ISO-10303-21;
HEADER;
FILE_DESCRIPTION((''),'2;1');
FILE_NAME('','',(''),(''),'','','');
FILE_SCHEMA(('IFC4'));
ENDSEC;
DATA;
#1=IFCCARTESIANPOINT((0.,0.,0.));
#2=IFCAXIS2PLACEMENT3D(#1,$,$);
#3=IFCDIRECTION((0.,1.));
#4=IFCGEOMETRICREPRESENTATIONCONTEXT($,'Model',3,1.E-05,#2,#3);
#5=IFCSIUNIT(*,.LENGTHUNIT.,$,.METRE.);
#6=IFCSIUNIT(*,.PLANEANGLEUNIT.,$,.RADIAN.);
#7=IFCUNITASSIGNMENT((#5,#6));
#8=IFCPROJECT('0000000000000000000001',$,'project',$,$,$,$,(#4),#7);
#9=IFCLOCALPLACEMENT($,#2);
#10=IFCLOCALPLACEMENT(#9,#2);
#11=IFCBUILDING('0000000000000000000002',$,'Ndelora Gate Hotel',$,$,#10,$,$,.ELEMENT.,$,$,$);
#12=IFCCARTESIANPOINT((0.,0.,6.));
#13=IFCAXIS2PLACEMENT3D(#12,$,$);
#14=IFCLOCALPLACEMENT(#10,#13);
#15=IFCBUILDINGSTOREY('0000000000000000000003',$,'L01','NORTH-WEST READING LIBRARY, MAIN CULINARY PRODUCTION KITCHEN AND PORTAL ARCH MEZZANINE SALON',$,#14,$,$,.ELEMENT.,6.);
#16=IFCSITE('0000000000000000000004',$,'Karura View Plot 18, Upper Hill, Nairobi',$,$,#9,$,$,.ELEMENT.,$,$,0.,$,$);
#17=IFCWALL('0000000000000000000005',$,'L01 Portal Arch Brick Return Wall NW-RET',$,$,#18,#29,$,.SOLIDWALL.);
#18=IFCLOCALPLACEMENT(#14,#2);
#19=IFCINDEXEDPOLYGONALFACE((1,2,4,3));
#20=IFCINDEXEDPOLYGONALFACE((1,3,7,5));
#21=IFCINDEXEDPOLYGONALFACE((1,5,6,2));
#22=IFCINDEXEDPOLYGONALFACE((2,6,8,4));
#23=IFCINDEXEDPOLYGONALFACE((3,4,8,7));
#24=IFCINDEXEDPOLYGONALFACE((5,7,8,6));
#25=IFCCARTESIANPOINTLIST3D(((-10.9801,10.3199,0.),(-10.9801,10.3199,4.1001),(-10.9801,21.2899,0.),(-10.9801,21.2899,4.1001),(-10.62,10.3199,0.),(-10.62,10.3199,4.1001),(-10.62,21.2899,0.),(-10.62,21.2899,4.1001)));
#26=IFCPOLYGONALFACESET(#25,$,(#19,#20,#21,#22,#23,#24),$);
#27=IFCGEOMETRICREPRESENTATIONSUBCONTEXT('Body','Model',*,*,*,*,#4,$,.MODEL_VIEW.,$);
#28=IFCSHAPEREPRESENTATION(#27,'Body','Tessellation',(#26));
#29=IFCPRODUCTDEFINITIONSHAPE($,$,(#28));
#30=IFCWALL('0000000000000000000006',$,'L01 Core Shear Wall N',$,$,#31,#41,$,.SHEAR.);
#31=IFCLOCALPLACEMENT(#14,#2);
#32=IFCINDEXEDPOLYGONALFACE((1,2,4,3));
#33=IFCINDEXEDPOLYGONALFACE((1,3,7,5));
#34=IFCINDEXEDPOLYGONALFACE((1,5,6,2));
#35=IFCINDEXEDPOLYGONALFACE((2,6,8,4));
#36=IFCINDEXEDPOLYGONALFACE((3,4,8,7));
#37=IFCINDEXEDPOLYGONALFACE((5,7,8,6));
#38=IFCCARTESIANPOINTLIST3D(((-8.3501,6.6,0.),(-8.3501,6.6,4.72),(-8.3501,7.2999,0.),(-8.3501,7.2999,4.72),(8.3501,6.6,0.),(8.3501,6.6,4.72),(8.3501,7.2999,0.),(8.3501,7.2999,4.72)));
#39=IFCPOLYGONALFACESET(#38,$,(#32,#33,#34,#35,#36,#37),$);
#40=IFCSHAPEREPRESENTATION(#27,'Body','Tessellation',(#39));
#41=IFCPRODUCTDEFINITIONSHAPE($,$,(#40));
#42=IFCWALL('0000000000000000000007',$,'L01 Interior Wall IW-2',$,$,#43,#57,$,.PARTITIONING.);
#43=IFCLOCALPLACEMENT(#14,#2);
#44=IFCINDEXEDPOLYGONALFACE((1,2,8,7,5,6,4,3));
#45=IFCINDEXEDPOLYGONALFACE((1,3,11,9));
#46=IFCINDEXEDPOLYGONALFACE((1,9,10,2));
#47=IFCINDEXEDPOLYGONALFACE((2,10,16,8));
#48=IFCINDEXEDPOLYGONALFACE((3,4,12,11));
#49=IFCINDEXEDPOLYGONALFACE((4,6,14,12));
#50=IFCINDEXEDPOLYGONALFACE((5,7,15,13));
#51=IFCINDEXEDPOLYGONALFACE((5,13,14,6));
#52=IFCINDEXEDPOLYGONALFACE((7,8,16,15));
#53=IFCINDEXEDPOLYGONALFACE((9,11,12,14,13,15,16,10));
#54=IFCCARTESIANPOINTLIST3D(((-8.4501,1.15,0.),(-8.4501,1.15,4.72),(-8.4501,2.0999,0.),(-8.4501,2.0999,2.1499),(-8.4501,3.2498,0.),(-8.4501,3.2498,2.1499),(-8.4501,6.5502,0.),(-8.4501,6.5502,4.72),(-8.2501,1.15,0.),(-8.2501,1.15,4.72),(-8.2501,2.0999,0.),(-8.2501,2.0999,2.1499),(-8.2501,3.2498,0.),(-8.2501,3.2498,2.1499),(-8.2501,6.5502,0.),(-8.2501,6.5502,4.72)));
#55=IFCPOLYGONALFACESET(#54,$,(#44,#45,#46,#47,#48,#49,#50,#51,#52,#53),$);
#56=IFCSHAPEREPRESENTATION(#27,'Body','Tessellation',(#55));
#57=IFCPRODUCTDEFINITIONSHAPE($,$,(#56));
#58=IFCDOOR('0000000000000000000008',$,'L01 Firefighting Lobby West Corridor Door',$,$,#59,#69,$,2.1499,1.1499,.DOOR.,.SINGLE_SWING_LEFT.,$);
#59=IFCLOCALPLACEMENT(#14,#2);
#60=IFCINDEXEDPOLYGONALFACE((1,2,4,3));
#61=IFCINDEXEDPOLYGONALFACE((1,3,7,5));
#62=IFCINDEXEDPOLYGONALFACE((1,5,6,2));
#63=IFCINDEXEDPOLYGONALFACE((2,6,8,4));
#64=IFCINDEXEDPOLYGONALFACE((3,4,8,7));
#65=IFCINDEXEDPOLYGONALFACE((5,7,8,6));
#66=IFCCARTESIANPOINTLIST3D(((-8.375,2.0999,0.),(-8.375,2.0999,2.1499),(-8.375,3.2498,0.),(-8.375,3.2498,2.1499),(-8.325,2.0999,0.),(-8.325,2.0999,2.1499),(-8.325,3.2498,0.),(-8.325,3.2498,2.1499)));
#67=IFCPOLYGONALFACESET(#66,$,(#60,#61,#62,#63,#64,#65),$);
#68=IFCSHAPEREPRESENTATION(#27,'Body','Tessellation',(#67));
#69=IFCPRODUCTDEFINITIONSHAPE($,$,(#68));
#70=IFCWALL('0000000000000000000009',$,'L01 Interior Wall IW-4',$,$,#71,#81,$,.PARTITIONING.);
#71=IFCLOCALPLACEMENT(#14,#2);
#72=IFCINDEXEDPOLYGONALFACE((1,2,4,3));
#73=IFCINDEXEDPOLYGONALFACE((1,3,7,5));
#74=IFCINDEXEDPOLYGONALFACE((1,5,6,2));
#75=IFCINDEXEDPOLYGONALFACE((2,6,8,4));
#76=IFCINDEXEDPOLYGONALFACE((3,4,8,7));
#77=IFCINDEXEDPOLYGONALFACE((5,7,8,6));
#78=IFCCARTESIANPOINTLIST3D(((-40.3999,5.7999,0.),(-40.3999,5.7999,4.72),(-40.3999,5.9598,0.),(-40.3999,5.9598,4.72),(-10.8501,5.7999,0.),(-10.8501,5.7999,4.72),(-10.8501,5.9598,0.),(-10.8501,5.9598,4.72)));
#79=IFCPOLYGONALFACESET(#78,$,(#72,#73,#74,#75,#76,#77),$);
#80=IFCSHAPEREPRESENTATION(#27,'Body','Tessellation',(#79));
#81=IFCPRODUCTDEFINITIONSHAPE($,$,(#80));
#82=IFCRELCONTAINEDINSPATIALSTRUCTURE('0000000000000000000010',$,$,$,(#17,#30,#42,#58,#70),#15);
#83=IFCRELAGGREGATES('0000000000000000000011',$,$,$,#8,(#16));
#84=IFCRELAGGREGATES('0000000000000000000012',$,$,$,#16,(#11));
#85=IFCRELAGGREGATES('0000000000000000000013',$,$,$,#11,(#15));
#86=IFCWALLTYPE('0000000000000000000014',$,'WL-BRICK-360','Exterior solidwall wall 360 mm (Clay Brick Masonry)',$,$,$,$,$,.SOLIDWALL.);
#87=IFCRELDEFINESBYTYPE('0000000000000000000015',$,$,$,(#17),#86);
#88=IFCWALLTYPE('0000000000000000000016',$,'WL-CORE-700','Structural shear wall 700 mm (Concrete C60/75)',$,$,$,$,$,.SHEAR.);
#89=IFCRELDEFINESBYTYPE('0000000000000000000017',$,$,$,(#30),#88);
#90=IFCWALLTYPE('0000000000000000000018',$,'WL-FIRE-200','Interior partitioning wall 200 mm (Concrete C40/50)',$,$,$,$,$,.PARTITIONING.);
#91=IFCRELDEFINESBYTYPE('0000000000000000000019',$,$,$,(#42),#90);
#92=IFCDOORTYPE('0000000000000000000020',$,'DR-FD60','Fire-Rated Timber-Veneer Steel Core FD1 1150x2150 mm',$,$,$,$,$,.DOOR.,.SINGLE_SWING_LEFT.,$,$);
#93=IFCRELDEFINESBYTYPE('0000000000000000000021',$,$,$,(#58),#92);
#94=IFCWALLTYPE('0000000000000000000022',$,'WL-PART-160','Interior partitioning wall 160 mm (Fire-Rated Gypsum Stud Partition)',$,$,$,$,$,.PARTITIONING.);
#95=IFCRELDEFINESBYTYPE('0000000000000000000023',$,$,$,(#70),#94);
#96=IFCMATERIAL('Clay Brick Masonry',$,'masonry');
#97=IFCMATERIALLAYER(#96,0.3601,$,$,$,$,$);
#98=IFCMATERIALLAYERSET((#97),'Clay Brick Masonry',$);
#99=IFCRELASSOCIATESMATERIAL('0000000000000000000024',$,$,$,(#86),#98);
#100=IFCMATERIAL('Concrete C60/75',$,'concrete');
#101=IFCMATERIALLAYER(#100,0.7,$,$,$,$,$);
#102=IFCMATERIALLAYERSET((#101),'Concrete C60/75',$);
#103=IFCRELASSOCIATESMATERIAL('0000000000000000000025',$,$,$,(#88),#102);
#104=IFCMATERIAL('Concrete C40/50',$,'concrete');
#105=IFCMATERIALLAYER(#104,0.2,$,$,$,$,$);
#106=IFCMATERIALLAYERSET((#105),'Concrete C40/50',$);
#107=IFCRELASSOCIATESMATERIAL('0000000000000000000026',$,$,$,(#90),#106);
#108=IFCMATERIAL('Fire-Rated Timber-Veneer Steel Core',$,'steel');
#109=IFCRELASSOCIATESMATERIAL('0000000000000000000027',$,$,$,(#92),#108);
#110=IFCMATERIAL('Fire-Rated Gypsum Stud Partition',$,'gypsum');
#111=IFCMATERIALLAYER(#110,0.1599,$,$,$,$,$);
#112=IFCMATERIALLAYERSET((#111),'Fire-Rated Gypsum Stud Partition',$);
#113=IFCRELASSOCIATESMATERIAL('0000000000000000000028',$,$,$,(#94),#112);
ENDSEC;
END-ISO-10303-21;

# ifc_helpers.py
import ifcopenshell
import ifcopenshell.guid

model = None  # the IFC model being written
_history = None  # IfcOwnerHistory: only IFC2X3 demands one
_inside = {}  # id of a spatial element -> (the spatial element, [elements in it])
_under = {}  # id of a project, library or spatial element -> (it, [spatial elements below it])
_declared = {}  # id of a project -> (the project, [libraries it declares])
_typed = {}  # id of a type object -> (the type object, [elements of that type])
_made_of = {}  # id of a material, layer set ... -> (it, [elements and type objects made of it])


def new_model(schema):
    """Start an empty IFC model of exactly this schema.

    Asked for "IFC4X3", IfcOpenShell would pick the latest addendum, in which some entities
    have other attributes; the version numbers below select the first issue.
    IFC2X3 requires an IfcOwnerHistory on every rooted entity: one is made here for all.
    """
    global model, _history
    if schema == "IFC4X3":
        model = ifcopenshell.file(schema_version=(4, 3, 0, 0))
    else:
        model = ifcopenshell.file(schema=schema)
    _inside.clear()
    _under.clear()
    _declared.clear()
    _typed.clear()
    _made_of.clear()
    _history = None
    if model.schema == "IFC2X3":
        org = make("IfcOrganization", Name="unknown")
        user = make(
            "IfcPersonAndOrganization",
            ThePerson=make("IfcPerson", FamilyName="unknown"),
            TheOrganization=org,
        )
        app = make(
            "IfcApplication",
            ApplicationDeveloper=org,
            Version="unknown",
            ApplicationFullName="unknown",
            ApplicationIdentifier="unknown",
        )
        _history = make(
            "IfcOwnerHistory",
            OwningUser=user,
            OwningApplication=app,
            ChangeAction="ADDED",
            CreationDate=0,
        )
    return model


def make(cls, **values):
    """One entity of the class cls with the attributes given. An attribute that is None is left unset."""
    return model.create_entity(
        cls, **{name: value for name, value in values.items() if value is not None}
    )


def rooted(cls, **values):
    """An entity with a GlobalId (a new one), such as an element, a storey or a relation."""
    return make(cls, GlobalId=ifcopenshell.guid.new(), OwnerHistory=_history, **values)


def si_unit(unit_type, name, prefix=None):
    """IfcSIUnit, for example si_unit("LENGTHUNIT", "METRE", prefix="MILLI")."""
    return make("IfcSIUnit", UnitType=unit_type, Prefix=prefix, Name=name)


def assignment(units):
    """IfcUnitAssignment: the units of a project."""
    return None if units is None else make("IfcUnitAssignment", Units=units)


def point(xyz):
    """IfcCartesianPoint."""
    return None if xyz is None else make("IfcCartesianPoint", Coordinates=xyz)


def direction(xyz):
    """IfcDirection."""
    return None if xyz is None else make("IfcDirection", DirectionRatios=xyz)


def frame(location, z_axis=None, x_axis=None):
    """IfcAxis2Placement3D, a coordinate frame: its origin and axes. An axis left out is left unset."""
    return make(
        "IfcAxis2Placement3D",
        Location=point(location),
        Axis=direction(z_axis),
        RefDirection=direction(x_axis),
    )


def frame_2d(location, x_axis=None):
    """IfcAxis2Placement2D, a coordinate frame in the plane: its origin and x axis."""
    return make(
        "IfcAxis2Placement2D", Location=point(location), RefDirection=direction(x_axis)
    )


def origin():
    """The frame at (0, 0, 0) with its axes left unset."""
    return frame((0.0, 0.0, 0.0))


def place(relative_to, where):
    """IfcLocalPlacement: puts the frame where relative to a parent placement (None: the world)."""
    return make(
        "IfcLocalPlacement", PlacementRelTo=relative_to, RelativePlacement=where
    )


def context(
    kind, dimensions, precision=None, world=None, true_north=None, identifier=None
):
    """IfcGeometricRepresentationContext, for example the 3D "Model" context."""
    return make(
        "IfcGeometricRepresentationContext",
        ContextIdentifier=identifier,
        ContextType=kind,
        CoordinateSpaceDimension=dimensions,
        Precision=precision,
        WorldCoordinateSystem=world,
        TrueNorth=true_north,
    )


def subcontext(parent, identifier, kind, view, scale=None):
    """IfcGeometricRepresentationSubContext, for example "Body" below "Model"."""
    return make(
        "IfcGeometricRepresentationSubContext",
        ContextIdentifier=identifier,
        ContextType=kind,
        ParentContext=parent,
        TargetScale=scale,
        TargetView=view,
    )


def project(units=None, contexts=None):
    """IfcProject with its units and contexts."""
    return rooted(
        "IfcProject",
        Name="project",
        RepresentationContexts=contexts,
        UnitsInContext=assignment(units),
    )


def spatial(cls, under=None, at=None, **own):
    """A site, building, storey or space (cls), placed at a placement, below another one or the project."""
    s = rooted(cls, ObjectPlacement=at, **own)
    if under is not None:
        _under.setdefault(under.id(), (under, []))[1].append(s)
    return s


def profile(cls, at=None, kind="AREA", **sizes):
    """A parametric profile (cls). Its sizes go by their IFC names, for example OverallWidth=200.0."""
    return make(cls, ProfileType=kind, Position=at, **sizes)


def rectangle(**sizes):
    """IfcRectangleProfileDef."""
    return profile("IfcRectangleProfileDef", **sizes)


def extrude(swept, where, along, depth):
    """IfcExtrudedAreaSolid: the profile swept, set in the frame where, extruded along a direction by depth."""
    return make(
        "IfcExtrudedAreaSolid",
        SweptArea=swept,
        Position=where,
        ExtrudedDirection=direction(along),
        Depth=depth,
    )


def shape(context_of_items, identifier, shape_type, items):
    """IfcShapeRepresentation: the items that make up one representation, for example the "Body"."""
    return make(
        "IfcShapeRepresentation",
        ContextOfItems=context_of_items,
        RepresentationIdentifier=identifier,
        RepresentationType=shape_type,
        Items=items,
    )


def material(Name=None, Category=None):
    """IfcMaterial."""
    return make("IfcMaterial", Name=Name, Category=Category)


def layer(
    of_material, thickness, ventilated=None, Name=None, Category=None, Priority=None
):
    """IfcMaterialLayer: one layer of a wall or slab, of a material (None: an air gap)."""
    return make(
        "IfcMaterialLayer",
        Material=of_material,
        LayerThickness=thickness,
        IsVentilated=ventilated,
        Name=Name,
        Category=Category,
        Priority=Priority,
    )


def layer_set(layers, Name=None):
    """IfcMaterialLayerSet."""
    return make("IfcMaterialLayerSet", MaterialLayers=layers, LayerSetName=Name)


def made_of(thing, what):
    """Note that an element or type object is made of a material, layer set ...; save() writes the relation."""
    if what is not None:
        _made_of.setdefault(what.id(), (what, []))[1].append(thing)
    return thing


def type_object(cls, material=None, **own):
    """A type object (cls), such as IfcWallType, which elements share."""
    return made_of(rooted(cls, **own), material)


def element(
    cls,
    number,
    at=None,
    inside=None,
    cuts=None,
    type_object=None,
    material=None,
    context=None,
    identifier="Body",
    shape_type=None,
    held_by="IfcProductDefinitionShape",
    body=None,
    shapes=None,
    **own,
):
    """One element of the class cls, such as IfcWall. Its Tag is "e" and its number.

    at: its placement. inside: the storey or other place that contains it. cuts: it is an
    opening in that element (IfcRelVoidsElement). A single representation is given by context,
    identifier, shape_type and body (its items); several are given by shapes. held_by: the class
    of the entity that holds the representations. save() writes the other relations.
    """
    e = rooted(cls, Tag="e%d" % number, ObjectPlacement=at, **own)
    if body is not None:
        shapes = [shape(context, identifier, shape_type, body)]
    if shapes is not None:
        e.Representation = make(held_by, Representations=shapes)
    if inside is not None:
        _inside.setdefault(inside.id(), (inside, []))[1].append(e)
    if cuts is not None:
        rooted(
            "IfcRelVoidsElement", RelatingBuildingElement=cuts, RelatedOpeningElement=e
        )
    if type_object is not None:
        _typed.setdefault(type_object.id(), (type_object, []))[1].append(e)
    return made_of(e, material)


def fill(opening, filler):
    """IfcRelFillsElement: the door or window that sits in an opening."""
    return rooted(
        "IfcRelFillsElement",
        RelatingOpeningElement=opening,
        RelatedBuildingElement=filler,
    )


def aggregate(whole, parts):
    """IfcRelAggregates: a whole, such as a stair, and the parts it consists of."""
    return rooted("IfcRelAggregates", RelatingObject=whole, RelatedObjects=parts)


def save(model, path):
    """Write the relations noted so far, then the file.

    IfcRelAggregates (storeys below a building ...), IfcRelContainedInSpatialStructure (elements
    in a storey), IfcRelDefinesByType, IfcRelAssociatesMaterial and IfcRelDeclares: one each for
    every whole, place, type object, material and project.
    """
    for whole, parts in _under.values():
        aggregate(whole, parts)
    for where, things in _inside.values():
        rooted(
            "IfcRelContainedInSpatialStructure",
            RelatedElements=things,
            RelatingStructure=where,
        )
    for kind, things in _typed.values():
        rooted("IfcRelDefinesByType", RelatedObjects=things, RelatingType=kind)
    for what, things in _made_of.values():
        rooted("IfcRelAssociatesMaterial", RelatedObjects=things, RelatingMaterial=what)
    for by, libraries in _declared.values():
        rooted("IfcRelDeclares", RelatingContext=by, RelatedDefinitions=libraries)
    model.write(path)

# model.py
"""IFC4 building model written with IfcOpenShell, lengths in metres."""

from ifc_helpers import new_model, si_unit, direction, frame, frame_2d, origin, place, context, subcontext, project, spatial, rectangle, extrude, material, layer, layer_set, type_object, element, fill, save


model = new_model("IFC4")

# Units and contexts
model_context = context("Model", 3, precision=1e-05, world=origin(), true_north=direction((0.0, 1.0)))
body_context = subcontext(model_context, "Body", "Model", "MODEL_VIEW")
ifc_project = project(units=[si_unit("LENGTHUNIT", "METRE"), si_unit("PLANEANGLEUNIT", "RADIAN")], contexts=[model_context])

# Site, building, storey
site_placement = place(None, origin())
site = spatial("IfcSite", under=ifc_project, at=site_placement, Name="Karura View Plot 18, Upper Hill, Nairobi", CompositionType="ELEMENT", RefElevation=0.0)
building_placement = place(site_placement, origin())
building = spatial("IfcBuilding", under=site, at=building_placement, Name="Ndelora Gate Hotel", CompositionType="ELEMENT")
storey_placement = place(building_placement, frame((0.0, 0.0, 6.0)))
storey = spatial("IfcBuildingStorey", under=building, at=storey_placement, Name="L01", Description="NORTH-WEST READING LIBRARY, MAIN CULINARY PRODUCTION KITCHEN AND PORTAL ARCH MEZZANINE SALON", CompositionType="ELEMENT", Elevation=6.0)

# Shared definitions
ifc_material_1 = material(Name="Concrete C60/75", Category="concrete")

# Walls
ifc_material_2 = material(Name="Clay Brick Masonry", Category="masonry")
ifc_layer_1 = layer(ifc_material_2, 0.3601)
ifc_layer_set_1 = layer_set([ifc_layer_1], Name="Clay Brick Masonry")
wall_type_1 = type_object("IfcWallType", Name="WL-BRICK-360", Description="Exterior solidwall wall 360 mm (Clay Brick Masonry)", PredefinedType="SOLIDWALL", material=ifc_layer_set_1)
wall_1_placement = place(storey_placement, frame((-10.8, 10.3201, 0.0), z_axis=(0.0, 0.0, 1.0), x_axis=(0.0, 1.0, 0.0)))
element("IfcWall", 1, at=wall_1_placement, inside=storey, type_object=wall_type_1, Name="L01 Portal Arch Brick Return Wall NW-RET", PredefinedType="SOLIDWALL", context=body_context, shape_type="SweptSolid", body=[
    extrude(rectangle(XDim=10.97, YDim=0.3601, at=frame_2d((5.4849, 0.0))), origin(), (0.0, 0.0, 1.0), 4.1001),
])
ifc_layer_2 = layer(ifc_material_1, 0.7)
ifc_layer_set_2 = layer_set([ifc_layer_2], Name="Concrete C60/75")
wall_type_2 = type_object("IfcWallType", Name="WL-CORE-700", Description="Structural shear wall 700 mm (Concrete C60/75)", PredefinedType="SHEAR", material=ifc_layer_set_2)
wall_2_placement = place(storey_placement, frame((-8.3501, 6.95, 0.0), z_axis=(0.0, 0.0, 1.0), x_axis=(1.0, 0.0, 0.0)))
element("IfcWall", 2, at=wall_2_placement, inside=storey, type_object=wall_type_2, Name="L01 Core Shear Wall N", PredefinedType="SHEAR", context=body_context, shape_type="SweptSolid", body=[
    extrude(rectangle(XDim=16.7002, YDim=0.7, at=frame_2d((8.3501, 0.0))), origin(), (0.0, 0.0, 1.0), 4.72),
])

# Wall, opening, door
ifc_material_3 = material(Name="Concrete C40/50", Category="concrete")
ifc_layer_3 = layer(ifc_material_3, 0.2)
ifc_layer_set_3 = layer_set([ifc_layer_3], Name="Concrete C40/50")
wall_type_3 = type_object("IfcWallType", Name="WL-FIRE-200", Description="Interior partitioning wall 200 mm (Concrete C40/50)", PredefinedType="PARTITIONING", material=ifc_layer_set_3)
wall_3_placement = place(storey_placement, frame((-8.3501, 1.1499, 0.0), z_axis=(0.0, 0.0, 1.0), x_axis=(0.0, 1.0, 0.0)))
wall_3 = element("IfcWall", 3, at=wall_3_placement, inside=storey, type_object=wall_type_3, Name="L01 Interior Wall IW-2", PredefinedType="PARTITIONING", context=body_context, shape_type="SweptSolid", body=[
    extrude(rectangle(XDim=5.4001, YDim=0.2, at=frame_2d((2.7002, 0.0))), origin(), (0.0, 0.0, 1.0), 4.72),
])
opening_placement = place(wall_3_placement, frame((0.95, 0.0, 0.0)))
opening = element("IfcOpeningElement", 4, at=opening_placement, cuts=wall_3, PredefinedType="OPENING", context=body_context, shape_type="SweptSolid", body=[
    extrude(rectangle(XDim=1.1499, YDim=2.1499, at=frame_2d((0.575, 1.075))), frame((0.0, 0.1099, 0.0), z_axis=(0.0, -1.0, 0.0), x_axis=(1.0, 0.0, 0.0)), (0.0, 0.0, 1.0), 0.22),
])
ifc_material_4 = material(Name="Fire-Rated Timber-Veneer Steel Core", Category="steel")
door_type = type_object("IfcDoorType", Name="DR-FD60", Description="Fire-Rated Timber-Veneer Steel Core FD1 1150x2150 mm", OperationType="SINGLE_SWING_LEFT", PredefinedType="DOOR", material=ifc_material_4)
door_placement = place(opening_placement, origin())
door = element("IfcDoor", 5, at=door_placement, inside=storey, type_object=door_type, Name="L01 Firefighting Lobby West Corridor Door", OperationType="SINGLE_SWING_LEFT", OverallHeight=2.1499, OverallWidth=1.1499, PredefinedType="DOOR", context=body_context, shape_type="SweptSolid", body=[
    extrude(rectangle(XDim=1.1499, YDim=2.1499, at=frame_2d((0.575, 1.075))), frame((0.0, 0.0249, 0.0), z_axis=(0.0, -1.0, 0.0), x_axis=(1.0, 0.0, 0.0)), (0.0, 0.0, 1.0), 0.05),
])
fill(opening, door)

# Wall
ifc_material_5 = material(Name="Fire-Rated Gypsum Stud Partition", Category="gypsum")
ifc_layer_4 = layer(ifc_material_5, 0.1599)
ifc_layer_set_4 = layer_set([ifc_layer_4], Name="Fire-Rated Gypsum Stud Partition")
wall_type_4 = type_object("IfcWallType", Name="WL-PART-160", Description="Interior partitioning wall 160 mm (Fire-Rated Gypsum Stud Partition)", PredefinedType="PARTITIONING", material=ifc_layer_set_4)
wall_4_placement = place(storey_placement, frame((-10.8501, 5.8799, 0.0), z_axis=(0.0, 0.0, 1.0), x_axis=(-1.0, 0.0, 0.0)))
element("IfcWall", 6, at=wall_4_placement, inside=storey, type_object=wall_type_4, Name="L01 Interior Wall IW-4", PredefinedType="PARTITIONING", context=body_context, shape_type="SweptSolid", body=[
    extrude(rectangle(XDim=29.5498, YDim=0.1599, at=frame_2d((14.7749, 0.0))), origin(), (0.0, 0.0, 1.0), 4.72),
])

save(model, "model.ifc")
